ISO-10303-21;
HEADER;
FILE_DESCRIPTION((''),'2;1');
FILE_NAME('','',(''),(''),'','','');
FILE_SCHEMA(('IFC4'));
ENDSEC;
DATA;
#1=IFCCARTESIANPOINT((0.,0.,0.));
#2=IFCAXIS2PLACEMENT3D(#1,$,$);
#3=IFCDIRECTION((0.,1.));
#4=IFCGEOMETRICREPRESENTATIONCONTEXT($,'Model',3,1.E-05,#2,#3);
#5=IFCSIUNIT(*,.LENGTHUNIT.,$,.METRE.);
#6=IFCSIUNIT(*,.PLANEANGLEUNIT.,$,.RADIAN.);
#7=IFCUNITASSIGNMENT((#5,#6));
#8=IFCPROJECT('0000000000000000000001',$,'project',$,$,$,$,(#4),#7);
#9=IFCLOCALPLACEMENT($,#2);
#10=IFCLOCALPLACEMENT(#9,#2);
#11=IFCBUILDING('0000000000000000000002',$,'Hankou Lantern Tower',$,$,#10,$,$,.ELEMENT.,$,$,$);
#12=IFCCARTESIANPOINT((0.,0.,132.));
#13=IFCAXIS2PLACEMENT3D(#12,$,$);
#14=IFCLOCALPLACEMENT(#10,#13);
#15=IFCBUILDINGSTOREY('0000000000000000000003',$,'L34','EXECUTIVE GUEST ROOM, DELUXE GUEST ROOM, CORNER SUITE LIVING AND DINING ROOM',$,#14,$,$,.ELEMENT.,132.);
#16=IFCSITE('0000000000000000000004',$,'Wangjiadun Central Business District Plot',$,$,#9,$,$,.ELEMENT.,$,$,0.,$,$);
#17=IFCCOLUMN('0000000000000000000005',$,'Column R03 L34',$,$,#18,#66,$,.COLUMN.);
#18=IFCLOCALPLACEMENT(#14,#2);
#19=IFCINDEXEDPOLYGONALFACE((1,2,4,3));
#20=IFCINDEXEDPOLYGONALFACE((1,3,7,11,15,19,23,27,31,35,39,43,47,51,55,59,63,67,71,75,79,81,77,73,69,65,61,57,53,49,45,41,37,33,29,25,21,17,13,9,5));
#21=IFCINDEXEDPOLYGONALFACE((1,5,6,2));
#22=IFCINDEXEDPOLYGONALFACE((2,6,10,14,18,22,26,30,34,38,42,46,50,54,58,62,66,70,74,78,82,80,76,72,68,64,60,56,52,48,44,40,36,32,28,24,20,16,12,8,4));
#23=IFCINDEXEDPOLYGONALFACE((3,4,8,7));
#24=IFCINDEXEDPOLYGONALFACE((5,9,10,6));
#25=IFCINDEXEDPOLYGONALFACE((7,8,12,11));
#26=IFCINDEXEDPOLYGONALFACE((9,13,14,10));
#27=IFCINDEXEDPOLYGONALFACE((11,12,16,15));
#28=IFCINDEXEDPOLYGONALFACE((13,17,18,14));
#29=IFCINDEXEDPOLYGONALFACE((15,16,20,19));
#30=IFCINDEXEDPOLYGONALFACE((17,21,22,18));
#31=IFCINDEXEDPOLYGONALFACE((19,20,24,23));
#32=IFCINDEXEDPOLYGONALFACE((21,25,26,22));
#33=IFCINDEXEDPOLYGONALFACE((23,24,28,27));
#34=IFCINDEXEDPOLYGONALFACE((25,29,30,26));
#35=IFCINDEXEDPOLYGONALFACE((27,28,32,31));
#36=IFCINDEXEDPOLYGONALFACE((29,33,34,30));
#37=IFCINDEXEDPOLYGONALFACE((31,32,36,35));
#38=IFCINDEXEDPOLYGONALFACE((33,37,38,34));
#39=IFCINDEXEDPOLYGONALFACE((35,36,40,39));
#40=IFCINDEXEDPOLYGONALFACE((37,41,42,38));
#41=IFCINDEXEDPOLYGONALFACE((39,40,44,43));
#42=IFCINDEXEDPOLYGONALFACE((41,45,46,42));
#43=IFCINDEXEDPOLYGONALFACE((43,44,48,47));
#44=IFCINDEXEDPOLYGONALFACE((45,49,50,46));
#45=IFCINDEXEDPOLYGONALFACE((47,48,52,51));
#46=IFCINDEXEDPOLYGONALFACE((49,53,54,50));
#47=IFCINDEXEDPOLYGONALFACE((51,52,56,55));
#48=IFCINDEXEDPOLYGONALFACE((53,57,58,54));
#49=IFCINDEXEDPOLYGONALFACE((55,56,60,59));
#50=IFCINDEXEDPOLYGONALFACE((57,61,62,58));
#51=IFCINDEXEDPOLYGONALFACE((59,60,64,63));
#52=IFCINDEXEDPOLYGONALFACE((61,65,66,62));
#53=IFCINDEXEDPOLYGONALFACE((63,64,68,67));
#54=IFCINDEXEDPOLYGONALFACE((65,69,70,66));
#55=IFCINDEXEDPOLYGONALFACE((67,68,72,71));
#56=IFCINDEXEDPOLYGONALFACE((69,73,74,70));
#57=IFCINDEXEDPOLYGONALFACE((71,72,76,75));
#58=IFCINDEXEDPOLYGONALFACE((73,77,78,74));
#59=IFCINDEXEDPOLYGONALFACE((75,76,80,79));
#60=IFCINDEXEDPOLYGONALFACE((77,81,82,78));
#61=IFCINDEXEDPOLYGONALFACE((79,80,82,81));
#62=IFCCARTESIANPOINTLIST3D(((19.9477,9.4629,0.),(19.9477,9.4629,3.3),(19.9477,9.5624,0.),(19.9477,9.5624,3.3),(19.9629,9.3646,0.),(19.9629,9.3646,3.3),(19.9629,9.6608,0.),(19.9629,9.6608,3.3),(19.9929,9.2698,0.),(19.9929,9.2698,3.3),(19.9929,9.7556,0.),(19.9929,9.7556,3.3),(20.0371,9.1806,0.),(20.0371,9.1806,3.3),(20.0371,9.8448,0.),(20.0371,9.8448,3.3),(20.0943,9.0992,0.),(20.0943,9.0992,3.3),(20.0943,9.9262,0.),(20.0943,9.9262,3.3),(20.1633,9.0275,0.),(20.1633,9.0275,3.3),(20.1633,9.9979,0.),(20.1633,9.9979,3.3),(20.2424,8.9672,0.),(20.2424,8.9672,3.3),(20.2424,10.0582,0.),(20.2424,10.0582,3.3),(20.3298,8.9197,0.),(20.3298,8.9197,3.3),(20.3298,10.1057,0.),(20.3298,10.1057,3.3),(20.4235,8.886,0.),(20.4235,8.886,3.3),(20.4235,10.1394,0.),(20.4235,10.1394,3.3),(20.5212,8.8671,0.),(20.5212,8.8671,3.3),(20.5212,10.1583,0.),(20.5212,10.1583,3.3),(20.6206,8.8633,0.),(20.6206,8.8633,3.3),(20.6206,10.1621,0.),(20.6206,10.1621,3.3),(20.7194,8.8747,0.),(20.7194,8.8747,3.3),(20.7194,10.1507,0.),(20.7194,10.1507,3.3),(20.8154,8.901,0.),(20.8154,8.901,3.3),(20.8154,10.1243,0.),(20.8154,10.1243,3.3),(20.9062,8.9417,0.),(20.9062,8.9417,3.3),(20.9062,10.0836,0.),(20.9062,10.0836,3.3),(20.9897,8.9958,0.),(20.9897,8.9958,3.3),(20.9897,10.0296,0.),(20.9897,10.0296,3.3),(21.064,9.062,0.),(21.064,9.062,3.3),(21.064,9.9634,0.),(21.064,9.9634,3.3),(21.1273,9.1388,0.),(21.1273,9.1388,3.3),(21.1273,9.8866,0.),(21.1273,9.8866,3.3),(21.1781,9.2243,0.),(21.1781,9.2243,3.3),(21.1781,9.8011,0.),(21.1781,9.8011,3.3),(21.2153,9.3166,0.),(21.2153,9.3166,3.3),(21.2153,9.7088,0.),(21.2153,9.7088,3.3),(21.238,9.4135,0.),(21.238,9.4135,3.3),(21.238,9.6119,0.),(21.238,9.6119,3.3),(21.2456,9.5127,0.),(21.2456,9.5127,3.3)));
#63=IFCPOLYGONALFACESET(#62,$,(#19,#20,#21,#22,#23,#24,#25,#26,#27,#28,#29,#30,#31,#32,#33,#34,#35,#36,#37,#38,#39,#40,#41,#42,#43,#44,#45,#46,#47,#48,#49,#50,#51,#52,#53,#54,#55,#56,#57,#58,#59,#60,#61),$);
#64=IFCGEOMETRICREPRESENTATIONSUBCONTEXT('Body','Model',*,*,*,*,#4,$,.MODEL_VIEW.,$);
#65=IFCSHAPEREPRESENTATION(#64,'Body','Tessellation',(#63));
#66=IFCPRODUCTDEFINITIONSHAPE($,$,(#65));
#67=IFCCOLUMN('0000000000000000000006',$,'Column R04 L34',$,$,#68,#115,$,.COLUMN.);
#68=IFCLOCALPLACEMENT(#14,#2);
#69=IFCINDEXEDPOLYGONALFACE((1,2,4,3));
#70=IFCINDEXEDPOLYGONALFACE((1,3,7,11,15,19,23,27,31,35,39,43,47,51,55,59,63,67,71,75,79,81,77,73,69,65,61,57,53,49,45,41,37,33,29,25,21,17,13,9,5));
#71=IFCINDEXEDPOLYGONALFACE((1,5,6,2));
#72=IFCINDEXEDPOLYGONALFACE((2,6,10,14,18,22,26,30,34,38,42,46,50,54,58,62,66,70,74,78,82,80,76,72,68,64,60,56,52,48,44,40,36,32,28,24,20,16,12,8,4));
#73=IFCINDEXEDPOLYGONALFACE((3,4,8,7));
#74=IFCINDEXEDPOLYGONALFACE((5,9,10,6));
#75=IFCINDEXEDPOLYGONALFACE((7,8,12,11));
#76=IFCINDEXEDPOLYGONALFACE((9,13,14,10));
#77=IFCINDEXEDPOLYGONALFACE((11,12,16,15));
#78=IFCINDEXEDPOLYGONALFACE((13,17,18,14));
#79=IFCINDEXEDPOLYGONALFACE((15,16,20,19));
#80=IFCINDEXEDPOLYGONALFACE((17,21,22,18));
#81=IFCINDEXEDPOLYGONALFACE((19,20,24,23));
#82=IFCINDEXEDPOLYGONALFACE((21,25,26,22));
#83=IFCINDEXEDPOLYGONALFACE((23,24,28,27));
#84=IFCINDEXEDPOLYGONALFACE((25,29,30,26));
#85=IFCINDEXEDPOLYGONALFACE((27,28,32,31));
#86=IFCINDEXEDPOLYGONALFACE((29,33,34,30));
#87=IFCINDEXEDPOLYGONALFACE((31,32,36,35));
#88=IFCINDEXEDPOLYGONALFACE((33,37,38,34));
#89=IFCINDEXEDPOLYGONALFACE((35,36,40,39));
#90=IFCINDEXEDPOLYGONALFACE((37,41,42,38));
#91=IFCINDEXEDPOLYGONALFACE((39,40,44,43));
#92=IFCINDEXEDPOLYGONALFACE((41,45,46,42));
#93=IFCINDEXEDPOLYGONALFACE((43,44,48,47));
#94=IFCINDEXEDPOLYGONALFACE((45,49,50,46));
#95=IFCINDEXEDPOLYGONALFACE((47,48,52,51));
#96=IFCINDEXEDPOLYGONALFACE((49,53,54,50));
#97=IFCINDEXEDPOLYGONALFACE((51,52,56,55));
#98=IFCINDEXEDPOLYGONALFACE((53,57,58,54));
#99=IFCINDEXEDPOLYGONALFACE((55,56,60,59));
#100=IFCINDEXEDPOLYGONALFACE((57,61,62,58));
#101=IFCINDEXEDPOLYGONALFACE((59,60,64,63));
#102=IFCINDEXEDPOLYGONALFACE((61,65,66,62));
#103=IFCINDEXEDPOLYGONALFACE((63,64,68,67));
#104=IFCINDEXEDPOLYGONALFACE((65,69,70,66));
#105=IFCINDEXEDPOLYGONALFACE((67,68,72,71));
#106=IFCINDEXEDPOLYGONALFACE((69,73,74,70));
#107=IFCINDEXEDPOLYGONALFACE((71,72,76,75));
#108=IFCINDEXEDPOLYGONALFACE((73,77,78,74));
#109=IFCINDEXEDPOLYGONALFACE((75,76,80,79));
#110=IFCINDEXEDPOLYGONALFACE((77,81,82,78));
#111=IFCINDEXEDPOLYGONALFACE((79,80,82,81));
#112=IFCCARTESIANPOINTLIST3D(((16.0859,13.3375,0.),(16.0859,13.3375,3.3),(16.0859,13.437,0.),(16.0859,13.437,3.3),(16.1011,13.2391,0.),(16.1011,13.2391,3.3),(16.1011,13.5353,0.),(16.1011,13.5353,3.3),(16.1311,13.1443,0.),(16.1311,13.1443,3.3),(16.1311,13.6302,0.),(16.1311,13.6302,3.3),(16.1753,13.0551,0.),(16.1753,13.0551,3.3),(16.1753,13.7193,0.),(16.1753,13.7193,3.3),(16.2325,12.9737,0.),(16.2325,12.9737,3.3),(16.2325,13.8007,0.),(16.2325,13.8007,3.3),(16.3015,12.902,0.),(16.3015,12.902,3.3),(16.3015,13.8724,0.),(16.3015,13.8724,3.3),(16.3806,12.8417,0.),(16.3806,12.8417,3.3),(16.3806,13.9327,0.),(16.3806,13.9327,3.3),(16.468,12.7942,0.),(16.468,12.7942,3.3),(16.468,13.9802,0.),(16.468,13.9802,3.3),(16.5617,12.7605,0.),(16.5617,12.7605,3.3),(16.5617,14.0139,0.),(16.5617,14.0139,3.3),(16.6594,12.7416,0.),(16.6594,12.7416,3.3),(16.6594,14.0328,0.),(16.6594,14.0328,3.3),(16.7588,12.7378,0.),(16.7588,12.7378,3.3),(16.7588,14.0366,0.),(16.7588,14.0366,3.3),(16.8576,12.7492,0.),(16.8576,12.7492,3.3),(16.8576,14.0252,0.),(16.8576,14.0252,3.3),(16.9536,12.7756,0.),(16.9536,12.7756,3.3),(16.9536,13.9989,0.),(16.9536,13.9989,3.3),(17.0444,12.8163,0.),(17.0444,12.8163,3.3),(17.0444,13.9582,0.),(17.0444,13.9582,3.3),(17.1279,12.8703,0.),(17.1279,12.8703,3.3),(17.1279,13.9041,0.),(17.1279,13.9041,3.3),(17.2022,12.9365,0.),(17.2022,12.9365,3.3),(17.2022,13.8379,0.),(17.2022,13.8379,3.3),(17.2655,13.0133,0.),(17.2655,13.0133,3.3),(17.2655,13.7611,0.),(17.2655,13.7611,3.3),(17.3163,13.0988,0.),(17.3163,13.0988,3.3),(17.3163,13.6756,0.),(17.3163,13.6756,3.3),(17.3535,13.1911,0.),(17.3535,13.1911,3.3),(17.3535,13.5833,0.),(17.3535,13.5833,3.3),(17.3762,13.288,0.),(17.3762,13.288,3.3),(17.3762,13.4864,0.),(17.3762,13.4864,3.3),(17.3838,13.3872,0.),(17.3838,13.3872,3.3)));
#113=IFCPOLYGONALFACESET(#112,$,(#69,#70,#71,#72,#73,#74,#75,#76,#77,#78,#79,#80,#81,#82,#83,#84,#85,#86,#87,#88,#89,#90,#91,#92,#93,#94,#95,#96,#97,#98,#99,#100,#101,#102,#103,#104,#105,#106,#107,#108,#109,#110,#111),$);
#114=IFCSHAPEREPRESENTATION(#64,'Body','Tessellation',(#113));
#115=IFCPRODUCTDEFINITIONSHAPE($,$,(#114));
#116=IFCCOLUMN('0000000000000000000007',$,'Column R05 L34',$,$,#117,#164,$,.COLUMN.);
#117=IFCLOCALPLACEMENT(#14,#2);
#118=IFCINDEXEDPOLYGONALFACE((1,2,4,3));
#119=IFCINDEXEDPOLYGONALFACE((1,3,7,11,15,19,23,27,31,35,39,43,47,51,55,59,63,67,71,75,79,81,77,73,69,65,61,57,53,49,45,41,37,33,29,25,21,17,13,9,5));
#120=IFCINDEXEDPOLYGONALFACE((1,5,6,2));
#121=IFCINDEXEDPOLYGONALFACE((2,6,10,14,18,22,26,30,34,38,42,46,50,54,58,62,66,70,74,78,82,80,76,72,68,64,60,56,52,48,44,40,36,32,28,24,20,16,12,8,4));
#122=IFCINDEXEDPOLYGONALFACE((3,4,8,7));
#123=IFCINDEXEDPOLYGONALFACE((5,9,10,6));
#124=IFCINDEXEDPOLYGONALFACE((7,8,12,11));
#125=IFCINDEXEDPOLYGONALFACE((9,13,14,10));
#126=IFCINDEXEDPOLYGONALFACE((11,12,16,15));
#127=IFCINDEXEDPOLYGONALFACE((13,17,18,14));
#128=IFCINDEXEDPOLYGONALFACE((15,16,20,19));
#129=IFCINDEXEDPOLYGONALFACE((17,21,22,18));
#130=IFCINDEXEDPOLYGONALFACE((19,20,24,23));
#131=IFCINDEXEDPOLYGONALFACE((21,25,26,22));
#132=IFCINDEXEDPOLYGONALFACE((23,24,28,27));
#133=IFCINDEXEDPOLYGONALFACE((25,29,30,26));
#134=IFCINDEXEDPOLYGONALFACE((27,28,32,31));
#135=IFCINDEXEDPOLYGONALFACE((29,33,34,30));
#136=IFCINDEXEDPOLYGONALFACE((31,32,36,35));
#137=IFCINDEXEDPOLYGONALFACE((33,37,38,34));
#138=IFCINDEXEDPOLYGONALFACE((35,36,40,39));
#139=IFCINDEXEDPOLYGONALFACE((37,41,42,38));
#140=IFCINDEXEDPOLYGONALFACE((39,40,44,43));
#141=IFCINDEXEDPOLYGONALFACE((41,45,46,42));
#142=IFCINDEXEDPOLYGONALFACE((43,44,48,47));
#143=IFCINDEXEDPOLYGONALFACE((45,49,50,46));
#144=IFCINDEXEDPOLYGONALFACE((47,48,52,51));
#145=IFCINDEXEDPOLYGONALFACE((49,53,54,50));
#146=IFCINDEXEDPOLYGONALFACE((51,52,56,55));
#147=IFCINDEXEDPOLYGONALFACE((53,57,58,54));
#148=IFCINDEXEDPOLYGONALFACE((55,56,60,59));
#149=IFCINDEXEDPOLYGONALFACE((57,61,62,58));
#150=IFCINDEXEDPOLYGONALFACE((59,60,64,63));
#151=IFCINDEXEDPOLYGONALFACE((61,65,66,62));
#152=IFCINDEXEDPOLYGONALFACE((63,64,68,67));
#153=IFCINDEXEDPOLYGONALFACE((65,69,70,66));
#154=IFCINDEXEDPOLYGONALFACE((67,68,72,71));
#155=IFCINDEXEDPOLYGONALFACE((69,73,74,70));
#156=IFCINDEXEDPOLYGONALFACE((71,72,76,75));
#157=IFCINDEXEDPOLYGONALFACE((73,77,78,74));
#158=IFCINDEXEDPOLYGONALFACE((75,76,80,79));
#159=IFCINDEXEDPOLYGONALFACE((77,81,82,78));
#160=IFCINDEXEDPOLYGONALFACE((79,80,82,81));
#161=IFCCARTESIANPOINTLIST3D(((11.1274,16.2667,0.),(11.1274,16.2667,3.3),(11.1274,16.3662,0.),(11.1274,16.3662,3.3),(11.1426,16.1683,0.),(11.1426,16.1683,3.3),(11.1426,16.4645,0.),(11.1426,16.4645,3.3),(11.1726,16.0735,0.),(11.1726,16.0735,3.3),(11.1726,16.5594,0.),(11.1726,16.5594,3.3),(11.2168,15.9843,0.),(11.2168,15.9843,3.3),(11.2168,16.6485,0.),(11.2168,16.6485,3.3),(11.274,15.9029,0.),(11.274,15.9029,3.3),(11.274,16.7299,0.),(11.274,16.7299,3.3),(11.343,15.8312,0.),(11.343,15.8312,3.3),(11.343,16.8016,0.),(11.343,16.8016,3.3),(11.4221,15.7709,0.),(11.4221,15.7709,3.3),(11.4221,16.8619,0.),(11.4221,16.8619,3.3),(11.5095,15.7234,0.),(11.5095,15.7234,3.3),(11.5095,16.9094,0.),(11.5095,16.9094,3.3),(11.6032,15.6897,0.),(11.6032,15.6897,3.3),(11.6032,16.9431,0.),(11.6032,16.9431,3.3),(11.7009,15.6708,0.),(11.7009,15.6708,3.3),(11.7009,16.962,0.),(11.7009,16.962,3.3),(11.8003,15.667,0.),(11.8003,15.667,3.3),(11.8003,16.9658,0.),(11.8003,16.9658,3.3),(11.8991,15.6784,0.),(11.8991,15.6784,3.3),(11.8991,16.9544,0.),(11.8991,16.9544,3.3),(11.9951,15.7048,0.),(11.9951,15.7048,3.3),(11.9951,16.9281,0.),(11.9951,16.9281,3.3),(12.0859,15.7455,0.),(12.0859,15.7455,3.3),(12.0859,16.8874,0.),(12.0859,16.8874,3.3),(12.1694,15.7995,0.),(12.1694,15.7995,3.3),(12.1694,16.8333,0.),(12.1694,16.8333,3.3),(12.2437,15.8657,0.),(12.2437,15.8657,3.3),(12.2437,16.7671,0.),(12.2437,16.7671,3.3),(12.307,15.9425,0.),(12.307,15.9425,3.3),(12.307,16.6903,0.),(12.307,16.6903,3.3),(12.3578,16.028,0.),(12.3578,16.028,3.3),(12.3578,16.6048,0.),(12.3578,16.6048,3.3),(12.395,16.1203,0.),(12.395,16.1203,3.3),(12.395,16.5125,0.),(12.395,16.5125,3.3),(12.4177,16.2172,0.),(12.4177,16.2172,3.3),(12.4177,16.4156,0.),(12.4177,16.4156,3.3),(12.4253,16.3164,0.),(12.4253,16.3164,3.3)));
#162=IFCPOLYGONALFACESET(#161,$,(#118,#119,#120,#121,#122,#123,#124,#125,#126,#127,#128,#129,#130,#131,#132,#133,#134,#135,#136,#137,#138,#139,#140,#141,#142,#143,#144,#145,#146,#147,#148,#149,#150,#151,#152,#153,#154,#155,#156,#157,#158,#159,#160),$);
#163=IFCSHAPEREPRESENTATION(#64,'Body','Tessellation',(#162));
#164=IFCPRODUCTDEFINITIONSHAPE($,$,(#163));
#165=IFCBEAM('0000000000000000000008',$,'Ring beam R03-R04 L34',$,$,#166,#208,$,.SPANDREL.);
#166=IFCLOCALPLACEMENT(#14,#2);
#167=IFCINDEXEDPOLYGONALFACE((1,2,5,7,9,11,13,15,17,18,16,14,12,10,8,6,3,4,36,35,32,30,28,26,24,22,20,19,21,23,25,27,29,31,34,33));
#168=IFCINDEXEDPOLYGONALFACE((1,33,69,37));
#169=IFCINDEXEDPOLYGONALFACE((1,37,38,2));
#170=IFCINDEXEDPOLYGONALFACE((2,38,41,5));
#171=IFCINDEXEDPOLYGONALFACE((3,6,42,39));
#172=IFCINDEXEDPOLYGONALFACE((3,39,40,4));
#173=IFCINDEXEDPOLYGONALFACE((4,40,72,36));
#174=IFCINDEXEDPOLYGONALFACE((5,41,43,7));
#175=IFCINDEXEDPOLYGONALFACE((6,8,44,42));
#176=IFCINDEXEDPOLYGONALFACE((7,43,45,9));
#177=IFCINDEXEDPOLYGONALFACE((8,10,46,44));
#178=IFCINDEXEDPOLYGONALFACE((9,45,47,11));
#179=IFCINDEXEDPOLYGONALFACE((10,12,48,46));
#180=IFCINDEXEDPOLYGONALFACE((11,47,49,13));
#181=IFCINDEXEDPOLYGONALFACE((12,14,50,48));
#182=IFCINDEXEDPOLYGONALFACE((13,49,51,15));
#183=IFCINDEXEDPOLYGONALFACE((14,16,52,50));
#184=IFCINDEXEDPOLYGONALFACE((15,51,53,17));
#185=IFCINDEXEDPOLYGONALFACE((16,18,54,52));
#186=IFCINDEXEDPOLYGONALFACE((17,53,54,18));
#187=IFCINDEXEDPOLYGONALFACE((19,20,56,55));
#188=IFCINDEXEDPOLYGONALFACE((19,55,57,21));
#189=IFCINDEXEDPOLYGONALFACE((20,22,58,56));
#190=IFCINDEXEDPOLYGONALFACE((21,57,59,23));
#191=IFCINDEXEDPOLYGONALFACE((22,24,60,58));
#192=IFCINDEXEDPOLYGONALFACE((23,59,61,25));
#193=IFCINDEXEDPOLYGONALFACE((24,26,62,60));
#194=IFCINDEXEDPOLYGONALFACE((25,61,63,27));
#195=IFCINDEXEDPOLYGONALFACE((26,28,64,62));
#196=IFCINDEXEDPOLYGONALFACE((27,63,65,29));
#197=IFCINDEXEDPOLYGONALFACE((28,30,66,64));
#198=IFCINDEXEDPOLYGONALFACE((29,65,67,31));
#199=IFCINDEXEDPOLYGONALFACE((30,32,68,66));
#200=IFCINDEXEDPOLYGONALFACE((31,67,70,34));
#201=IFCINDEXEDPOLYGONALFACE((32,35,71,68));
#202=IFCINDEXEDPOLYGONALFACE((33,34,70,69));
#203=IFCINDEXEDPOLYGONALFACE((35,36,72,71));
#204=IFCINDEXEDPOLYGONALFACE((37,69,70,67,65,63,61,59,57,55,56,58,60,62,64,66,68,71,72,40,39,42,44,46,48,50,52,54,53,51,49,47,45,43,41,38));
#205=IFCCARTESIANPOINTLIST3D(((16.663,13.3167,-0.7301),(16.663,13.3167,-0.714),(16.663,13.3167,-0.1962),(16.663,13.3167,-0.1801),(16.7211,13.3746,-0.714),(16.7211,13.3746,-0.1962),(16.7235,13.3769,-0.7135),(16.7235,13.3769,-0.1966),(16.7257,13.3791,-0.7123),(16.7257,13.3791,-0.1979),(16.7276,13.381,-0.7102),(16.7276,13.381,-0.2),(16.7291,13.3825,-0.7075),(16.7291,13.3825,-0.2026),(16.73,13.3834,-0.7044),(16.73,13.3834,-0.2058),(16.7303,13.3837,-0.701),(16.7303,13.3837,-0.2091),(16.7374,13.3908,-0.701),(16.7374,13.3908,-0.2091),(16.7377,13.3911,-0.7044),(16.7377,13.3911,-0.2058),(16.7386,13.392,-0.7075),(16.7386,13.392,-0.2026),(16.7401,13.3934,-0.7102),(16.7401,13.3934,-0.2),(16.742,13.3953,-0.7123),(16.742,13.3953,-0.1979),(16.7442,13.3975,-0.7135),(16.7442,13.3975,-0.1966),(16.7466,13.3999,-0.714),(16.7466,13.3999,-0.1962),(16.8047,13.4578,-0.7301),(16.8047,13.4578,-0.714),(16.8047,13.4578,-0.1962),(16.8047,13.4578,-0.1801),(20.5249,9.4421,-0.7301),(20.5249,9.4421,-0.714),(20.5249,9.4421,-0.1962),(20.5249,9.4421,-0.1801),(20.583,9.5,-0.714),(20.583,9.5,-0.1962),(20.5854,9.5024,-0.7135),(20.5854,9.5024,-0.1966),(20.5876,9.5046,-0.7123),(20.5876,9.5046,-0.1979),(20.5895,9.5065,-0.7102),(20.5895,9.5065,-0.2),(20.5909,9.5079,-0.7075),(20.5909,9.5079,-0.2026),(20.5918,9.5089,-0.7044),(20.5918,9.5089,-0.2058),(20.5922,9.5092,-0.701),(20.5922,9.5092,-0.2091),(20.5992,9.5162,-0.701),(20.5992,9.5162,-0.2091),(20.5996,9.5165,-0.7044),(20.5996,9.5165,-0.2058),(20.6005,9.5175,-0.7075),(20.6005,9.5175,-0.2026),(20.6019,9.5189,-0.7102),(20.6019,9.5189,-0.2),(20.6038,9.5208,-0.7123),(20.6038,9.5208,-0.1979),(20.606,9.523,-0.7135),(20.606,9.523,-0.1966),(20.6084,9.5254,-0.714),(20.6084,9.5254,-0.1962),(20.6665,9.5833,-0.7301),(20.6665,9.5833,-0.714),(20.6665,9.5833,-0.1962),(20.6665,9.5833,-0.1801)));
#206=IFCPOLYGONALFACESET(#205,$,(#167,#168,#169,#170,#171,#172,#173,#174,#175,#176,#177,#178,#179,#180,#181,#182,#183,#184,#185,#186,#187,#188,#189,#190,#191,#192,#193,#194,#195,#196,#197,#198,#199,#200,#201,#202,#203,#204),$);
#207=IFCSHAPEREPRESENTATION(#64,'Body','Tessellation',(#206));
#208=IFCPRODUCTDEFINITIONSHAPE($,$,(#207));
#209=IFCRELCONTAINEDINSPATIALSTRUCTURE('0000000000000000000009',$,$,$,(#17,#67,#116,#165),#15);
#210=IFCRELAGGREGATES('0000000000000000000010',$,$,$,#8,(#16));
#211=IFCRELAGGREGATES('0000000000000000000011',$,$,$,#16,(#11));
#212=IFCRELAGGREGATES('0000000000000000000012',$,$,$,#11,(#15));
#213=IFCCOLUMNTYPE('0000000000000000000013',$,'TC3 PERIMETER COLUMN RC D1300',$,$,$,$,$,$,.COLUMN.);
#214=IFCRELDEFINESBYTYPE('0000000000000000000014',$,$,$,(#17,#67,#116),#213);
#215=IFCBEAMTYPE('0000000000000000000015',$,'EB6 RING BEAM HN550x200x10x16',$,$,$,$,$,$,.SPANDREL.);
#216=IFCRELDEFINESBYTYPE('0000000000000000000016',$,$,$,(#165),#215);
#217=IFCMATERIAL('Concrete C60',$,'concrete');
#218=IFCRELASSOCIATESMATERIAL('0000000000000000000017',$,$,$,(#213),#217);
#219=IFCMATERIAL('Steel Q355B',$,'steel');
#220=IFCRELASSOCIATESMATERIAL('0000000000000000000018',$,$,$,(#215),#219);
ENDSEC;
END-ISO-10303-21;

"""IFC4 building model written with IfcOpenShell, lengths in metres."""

from ifc_helpers import new_model, si_unit, direction, frame, origin, origin_2d, place, context, subcontext, project, spatial, circle, i_section, extrude, material, material_profile, profile_set, type_object, element, save


model = new_model("IFC4")

# Units and contexts
model_context = context("Model", 3, precision=1e-05, world=origin(), true_north=direction((0.0, 1.0)))
body_context = subcontext(model_context, "Body", "Model", "MODEL_VIEW")
ifc_project = project(units=[si_unit("LENGTHUNIT", "METRE"), si_unit("PLANEANGLEUNIT", "RADIAN")], contexts=[model_context])

# Site, building, storey
site_placement = place(None, origin())
site = spatial("IfcSite", under=ifc_project, at=site_placement, Name="Wangjiadun Central Business District Plot", CompositionType="ELEMENT", RefElevation=0.0)
building_placement = place(site_placement, origin())
building = spatial("IfcBuilding", under=site, at=building_placement, Name="Hankou Lantern Tower", CompositionType="ELEMENT")
storey_placement = place(building_placement, frame((0.0, 0.0, 132.0)))
storey = spatial("IfcBuildingStorey", under=building, at=storey_placement, Name="L34", Description="EXECUTIVE GUEST ROOM, DELUXE GUEST ROOM, CORNER SUITE LIVING AND DINING ROOM", CompositionType="ELEMENT", Elevation=132.0)

# Columns
ifc_material_1 = material(Name="Concrete C60", Category="concrete")
ifc_material_profile_1 = material_profile(ifc_material_1, circle(Radius=0.6499, at=origin_2d()), Name="RC D1300")
ifc_profile_set_1 = profile_set([ifc_material_profile_1], Name="Concrete C60")
column_type = type_object("IfcColumnType", Name="TC3 PERIMETER COLUMN RC D1300", PredefinedType="COLUMN", material=ifc_profile_set_1)
for number, where, z_axis, x_axis, name in (
    (1, (20.5957, 9.5127, 0.0), (0.0, 0.0, 1.0), (1.0, 0.0, 0.0), "Column R03 L34"),
    (2, (16.7339, 13.3872, 0.0), (0.0, 0.0, 1.0), (1.0, 0.0, 0.0), "Column R04 L34"),
    (3, (11.7754, 16.3164, 0.0), (0.0, 0.0, 1.0), (1.0, 0.0, 0.0), "Column R05 L34"),
):
    element("IfcColumn", number, at=place(storey_placement, frame(where, z_axis=z_axis, x_axis=x_axis)), inside=storey, type_object=column_type, Name=name, PredefinedType="COLUMN", context=body_context, shape_type="SweptSolid", body=[
        extrude(circle(Radius=0.6499, at=origin_2d()), origin(), (0.0, 0.0, 1.0), 3.3),
    ])

# Beam
ifc_material_2 = material(Name="Steel Q355B", Category="steel")
ifc_material_profile_2 = material_profile(ifc_material_2, i_section(OverallWidth=0.2, OverallDepth=0.55, WebThickness=0.01, FlangeThickness=0.0161, FilletRadius=0.0129, at=origin_2d()), Name="HN550x200x10x16")
ifc_profile_set_2 = profile_set([ifc_material_profile_2], Name="Steel Q355B")
beam_type_1 = type_object("IfcBeamType", Name="EB6 RING BEAM HN550x200x10x16", PredefinedType="SPANDREL", material=ifc_profile_set_2)
beam_1_placement = place(storey_placement, frame((20.5957, 9.5127, -0.4551), z_axis=(-0.705945, 0.708266, 0.0), x_axis=(-0.708266, -0.705945, 0.0)))
element("IfcBeam", 4, at=beam_1_placement, inside=storey, type_object=beam_type_1, Name="Ring beam R03-R04 L34", PredefinedType="SPANDREL", context=body_context, shape_type="SweptSolid", body=[
    extrude(i_section(OverallWidth=0.2, OverallDepth=0.55, WebThickness=0.01, FlangeThickness=0.0161, FilletRadius=0.0129, at=origin_2d()), origin(), (0.0, 0.0, 1.0), 5.4705),
])

save(model, "model.ifc")
